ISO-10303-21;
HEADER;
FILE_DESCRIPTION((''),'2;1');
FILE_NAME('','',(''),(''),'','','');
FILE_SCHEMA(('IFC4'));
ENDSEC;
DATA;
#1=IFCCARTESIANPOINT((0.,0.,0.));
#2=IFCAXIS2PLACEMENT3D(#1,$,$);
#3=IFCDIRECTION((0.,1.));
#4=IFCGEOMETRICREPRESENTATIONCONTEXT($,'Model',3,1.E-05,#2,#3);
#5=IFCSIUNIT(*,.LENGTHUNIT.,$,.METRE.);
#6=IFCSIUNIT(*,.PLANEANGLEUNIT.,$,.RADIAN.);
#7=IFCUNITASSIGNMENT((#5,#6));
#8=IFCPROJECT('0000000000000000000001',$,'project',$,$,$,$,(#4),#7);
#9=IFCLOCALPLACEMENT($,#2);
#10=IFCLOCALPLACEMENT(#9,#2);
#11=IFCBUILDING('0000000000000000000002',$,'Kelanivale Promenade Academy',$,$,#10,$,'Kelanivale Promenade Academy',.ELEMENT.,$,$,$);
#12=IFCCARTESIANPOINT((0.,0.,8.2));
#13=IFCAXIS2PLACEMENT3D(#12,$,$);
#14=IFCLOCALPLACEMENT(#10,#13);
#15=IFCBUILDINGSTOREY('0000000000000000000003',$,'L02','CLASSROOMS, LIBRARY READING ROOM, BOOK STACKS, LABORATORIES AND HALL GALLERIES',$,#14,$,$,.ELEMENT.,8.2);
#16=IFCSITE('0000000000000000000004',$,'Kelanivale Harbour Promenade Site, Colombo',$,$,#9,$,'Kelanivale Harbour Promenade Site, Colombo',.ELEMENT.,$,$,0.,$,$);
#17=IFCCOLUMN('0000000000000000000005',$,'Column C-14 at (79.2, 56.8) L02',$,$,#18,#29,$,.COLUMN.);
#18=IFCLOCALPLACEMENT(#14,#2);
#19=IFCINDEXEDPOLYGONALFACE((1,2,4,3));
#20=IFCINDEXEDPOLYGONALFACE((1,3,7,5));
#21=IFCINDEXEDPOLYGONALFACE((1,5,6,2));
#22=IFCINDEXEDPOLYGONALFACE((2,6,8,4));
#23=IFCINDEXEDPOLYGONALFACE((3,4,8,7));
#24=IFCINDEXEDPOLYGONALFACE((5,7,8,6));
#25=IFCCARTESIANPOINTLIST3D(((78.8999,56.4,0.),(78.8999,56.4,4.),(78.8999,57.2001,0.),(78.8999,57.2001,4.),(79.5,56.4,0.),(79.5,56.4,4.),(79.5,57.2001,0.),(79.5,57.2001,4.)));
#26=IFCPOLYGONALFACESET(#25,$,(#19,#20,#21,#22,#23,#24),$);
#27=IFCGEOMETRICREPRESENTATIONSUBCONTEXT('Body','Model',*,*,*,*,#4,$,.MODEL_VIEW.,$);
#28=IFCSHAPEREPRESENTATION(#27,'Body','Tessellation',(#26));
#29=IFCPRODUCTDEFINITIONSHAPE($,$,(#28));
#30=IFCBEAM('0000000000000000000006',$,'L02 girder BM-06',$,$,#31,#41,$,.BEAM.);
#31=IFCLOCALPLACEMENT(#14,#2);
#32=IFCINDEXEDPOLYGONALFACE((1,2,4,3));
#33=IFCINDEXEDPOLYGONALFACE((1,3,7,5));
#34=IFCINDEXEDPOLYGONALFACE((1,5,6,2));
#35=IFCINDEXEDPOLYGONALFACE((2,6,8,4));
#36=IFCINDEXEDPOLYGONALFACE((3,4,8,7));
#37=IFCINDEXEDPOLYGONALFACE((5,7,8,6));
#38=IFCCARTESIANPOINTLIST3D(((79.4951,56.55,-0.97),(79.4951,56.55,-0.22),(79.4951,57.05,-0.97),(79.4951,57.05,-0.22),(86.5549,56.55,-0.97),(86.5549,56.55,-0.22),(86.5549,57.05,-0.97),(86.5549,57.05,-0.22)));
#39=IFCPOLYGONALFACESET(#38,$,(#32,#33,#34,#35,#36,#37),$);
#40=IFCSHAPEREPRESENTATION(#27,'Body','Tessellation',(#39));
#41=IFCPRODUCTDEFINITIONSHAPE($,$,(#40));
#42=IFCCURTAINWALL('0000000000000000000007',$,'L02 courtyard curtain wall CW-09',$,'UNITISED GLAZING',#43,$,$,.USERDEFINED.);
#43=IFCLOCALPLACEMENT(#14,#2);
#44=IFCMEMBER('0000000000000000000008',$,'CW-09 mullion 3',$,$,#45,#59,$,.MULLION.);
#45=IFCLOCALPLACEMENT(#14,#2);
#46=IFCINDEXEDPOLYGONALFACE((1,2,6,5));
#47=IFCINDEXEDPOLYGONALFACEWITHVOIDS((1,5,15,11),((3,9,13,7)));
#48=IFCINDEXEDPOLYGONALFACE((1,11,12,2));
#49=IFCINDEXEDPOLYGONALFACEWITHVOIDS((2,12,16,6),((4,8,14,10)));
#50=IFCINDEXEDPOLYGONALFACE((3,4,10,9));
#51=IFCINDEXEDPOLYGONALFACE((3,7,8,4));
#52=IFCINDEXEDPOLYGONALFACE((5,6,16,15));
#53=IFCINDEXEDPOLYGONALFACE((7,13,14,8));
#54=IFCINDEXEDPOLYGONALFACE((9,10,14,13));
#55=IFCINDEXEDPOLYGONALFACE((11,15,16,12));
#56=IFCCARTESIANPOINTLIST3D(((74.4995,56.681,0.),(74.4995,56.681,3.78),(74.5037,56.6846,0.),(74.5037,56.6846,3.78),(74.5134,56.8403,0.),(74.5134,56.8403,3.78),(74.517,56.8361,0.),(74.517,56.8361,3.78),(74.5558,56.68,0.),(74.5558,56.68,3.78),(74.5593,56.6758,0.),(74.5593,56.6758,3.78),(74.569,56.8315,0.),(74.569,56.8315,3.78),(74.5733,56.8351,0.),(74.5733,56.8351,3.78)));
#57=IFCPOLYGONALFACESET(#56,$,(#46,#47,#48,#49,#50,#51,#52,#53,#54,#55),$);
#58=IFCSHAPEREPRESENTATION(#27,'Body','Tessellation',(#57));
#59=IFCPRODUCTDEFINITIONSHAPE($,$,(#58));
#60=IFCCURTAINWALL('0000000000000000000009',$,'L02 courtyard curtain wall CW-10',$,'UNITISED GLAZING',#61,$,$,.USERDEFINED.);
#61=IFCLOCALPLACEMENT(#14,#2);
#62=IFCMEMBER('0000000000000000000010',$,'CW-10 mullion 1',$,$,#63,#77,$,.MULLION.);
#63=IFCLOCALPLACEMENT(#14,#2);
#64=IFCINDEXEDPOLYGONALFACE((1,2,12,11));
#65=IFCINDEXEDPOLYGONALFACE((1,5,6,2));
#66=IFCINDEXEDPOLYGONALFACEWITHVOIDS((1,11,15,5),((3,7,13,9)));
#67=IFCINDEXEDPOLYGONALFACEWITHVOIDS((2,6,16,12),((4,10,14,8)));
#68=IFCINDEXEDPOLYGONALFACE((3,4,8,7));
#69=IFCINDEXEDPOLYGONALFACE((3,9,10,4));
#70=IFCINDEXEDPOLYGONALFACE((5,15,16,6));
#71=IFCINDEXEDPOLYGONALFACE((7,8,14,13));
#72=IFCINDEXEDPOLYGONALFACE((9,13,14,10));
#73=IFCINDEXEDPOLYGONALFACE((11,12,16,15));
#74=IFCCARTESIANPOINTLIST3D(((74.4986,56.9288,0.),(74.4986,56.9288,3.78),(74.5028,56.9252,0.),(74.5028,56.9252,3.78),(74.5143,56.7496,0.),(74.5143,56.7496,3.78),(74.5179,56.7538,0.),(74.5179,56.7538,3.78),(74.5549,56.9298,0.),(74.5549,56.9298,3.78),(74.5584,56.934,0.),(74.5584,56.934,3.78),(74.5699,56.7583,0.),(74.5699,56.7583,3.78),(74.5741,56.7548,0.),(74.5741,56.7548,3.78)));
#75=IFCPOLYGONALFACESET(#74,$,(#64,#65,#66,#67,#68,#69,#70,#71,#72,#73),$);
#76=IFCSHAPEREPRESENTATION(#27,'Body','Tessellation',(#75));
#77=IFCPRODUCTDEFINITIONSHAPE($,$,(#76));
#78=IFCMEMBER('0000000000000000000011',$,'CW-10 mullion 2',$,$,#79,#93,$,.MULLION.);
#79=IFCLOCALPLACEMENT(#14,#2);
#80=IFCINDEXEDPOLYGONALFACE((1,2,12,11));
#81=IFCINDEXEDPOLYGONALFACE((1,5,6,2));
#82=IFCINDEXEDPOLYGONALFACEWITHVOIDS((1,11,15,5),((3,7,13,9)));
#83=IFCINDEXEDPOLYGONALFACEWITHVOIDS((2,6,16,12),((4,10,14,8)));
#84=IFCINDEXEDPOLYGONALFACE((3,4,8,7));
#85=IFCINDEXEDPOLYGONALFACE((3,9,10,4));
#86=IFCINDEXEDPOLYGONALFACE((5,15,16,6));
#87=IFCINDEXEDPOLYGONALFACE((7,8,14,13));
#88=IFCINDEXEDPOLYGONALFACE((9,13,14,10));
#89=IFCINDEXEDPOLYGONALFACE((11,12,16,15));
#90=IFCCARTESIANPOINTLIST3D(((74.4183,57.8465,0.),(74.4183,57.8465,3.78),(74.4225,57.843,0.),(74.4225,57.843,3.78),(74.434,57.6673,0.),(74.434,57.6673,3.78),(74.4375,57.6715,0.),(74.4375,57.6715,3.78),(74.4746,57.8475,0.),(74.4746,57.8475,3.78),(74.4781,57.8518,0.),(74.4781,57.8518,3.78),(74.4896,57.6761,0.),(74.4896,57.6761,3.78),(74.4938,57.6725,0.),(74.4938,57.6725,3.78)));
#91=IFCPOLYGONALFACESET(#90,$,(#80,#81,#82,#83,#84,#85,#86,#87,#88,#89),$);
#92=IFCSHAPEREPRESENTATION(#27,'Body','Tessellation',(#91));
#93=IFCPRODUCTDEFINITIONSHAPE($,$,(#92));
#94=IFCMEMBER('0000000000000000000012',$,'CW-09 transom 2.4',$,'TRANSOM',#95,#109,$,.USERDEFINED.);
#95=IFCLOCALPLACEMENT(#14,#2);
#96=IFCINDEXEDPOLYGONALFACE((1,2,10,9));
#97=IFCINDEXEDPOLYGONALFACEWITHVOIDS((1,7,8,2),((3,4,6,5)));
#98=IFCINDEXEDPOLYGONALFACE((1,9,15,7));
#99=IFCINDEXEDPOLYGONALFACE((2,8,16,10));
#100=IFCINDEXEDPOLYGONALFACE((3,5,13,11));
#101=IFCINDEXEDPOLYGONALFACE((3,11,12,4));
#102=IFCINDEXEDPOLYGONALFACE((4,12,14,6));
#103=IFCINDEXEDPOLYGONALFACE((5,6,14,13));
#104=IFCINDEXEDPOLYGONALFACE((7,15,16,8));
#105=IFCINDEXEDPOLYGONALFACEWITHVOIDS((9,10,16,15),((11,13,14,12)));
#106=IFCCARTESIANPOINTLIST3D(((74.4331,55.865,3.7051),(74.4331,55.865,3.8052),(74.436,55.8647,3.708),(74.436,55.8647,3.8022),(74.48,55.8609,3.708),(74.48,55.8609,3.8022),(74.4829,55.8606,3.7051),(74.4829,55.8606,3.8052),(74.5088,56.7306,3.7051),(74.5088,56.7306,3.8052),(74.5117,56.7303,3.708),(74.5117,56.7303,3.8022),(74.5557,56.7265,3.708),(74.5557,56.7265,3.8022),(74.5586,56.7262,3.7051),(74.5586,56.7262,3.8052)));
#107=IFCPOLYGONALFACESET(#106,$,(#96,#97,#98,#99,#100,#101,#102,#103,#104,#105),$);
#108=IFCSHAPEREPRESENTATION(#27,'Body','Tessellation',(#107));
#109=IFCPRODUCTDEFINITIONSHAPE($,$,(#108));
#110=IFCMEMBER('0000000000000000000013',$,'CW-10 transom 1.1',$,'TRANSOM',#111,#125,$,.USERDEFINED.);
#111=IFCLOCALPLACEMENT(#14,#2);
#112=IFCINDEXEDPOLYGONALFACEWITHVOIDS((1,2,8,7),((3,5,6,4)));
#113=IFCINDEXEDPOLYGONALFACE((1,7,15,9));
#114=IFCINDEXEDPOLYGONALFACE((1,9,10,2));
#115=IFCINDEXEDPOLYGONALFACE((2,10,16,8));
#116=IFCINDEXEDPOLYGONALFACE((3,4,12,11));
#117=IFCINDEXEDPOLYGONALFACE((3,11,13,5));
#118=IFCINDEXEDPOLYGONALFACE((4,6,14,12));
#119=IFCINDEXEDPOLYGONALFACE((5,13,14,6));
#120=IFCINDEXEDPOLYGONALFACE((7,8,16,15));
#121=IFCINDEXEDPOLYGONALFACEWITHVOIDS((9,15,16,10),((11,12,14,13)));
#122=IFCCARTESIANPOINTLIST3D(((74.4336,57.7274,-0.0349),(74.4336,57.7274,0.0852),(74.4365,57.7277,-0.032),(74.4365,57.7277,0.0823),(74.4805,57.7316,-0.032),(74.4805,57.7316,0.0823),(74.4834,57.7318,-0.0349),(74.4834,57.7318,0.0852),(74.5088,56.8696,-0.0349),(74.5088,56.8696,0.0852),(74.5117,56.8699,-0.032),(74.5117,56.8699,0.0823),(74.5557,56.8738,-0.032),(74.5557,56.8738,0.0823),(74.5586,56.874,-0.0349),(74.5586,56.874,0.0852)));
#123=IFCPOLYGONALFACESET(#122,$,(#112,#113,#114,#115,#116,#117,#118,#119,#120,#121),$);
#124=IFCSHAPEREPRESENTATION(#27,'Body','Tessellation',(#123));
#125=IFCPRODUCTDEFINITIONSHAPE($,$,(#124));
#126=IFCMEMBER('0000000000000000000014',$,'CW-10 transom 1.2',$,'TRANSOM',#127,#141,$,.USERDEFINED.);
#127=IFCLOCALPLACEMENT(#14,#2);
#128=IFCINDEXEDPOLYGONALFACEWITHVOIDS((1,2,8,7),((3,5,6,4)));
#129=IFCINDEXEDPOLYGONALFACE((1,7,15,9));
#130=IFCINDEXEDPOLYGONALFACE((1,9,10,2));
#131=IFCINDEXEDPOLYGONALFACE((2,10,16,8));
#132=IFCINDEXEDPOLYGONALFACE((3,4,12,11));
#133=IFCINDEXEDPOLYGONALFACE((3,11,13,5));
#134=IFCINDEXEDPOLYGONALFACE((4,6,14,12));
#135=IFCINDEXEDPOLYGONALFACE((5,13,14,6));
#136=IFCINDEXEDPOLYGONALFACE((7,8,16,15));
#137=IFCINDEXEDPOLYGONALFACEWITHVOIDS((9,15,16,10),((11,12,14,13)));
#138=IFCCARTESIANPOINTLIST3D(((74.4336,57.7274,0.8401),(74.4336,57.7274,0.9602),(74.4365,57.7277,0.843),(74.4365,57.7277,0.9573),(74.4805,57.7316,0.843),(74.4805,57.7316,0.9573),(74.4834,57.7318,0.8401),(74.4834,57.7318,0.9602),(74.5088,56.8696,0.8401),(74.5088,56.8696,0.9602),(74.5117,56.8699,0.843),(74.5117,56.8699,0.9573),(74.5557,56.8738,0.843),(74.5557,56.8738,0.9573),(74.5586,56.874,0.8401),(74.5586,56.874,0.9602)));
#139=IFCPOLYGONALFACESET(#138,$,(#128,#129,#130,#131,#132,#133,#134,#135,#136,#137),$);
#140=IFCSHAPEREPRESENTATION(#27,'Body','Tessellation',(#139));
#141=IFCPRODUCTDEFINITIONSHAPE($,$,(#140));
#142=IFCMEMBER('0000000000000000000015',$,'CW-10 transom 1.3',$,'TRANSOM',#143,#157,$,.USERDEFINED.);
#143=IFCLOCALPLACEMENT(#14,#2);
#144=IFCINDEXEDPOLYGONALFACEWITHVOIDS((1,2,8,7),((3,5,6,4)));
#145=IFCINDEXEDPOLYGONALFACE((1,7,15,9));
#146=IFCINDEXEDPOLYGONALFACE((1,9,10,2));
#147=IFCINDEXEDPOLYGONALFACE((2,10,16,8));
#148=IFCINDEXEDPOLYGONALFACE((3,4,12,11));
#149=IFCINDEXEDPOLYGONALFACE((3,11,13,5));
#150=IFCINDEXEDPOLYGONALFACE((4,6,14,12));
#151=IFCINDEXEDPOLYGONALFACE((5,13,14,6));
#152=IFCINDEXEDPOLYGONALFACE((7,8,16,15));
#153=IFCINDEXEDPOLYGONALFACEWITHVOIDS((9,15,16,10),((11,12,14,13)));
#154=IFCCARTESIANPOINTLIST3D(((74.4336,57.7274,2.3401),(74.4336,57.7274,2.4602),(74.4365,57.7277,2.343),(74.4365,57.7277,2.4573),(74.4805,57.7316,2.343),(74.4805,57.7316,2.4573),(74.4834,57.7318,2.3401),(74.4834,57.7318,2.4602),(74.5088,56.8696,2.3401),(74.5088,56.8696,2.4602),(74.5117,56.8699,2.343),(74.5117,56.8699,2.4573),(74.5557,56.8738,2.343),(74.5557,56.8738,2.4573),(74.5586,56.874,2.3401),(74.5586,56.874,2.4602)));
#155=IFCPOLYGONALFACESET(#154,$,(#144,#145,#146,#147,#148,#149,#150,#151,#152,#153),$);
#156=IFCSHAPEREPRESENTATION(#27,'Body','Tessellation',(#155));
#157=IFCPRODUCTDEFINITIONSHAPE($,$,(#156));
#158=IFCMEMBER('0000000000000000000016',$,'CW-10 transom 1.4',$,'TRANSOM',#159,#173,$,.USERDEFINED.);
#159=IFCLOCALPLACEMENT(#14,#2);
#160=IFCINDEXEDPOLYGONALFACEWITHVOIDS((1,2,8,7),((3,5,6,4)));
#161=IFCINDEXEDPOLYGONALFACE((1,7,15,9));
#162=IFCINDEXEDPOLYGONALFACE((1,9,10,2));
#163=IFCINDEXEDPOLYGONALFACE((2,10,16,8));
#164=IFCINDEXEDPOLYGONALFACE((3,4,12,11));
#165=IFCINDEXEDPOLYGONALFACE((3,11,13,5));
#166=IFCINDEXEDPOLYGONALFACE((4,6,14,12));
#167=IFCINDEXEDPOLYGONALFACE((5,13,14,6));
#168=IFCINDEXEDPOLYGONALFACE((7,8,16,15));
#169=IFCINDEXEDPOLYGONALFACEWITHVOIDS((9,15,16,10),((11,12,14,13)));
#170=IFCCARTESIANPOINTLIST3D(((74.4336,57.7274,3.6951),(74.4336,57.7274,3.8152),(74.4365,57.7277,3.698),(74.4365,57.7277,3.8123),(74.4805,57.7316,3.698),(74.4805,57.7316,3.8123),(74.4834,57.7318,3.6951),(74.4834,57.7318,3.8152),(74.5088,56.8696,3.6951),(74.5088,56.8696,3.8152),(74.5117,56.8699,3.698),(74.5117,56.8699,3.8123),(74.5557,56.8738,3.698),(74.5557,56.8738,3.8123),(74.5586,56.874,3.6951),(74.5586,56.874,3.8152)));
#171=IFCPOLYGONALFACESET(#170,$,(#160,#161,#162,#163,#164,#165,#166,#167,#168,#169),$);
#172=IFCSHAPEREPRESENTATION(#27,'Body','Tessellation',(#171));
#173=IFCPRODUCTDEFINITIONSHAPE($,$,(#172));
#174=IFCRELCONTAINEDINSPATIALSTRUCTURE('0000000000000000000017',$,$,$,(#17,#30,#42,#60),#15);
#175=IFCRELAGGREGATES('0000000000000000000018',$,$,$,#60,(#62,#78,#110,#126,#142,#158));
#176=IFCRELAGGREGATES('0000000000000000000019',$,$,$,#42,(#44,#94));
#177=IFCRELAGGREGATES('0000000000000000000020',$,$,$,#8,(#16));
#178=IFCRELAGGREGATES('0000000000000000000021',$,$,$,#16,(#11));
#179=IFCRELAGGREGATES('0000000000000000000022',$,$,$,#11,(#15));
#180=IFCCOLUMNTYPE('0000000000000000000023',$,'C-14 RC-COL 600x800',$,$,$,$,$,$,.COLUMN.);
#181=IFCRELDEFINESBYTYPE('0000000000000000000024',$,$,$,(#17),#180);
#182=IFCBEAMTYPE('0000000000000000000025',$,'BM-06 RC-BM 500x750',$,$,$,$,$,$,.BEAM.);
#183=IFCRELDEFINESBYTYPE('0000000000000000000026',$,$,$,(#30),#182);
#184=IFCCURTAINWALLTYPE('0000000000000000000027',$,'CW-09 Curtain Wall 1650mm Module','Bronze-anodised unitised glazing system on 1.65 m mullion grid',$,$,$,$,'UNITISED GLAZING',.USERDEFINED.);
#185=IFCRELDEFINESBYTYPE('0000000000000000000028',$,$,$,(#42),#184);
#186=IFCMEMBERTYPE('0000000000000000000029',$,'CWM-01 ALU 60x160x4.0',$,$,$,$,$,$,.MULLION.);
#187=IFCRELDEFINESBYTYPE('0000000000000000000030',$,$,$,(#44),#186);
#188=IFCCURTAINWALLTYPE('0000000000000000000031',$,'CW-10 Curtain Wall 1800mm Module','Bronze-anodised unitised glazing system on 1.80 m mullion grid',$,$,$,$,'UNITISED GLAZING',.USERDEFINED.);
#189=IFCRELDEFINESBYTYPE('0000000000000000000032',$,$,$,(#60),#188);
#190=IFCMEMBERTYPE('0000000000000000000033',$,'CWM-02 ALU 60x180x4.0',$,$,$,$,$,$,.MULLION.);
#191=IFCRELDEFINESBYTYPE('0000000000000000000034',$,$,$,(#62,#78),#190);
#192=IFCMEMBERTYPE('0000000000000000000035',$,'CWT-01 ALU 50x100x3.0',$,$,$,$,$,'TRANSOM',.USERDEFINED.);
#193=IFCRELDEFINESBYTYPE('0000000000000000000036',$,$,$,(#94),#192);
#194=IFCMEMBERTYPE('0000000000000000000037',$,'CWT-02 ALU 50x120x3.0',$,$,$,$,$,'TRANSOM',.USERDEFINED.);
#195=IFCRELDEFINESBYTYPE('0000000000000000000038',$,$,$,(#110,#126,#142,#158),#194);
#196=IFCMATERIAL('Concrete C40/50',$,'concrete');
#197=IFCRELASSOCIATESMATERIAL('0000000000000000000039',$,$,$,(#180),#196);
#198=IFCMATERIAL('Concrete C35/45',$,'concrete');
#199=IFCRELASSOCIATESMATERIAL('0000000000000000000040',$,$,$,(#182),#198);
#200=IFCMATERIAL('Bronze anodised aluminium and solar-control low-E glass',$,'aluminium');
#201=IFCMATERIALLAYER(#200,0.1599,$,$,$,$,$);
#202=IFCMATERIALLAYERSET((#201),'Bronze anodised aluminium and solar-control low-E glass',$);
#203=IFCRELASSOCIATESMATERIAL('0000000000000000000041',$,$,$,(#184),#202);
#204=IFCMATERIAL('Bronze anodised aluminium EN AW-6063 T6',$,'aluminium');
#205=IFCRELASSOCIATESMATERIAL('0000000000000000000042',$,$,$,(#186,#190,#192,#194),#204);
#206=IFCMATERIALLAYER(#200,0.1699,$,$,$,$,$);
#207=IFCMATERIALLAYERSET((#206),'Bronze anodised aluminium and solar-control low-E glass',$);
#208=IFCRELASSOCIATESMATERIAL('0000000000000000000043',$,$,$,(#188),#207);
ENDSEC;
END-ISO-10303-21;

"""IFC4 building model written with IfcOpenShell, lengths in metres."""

from ifc_helpers import new_model, si_unit, direction, frame, origin, origin_2d, place, context, subcontext, project, spatial, rectangle, hollow_rectangle, extrude, material, layer, layer_set, material_profile, profile_set, type_object, element, aggregate, save


model = new_model("IFC4")

# Units and contexts
model_context = context("Model", 3, precision=1e-05, world=origin(), true_north=direction((0.0, 1.0)))
body_context = subcontext(model_context, "Body", "Model", "MODEL_VIEW")
ifc_project = project(units=[si_unit("LENGTHUNIT", "METRE"), si_unit("PLANEANGLEUNIT", "RADIAN")], contexts=[model_context])

# Site, building, storey
site_placement = place(None, origin())
site = spatial("IfcSite", under=ifc_project, at=site_placement, Name="Kelanivale Harbour Promenade Site, Colombo", LongName="Kelanivale Harbour Promenade Site, Colombo", CompositionType="ELEMENT", RefElevation=0.0)
building_placement = place(site_placement, origin())
building = spatial("IfcBuilding", under=site, at=building_placement, Name="Kelanivale Promenade Academy", LongName="Kelanivale Promenade Academy", CompositionType="ELEMENT")
storey_placement = place(building_placement, frame((0.0, 0.0, 8.2)))
storey = spatial("IfcBuildingStorey", under=building, at=storey_placement, Name="L02", Description="CLASSROOMS, LIBRARY READING ROOM, BOOK STACKS, LABORATORIES AND HALL GALLERIES", CompositionType="ELEMENT", Elevation=8.2)

# Column
ifc_material_1 = material(Name="Concrete C40/50", Category="concrete")
ifc_material_profile_1 = material_profile(ifc_material_1, rectangle(XDim=0.6001, YDim=0.8, at=origin_2d()), Name="RC-COL 600x800")
ifc_profile_set_1 = profile_set([ifc_material_profile_1], Name="Concrete C40/50")
column_type = type_object("IfcColumnType", Name="C-14 RC-COL 600x800", PredefinedType="COLUMN", material=ifc_profile_set_1)
column_placement = place(storey_placement, frame((79.2, 56.8, 0.0), z_axis=(0.0, 0.0, 1.0), x_axis=(1.0, 0.0, 0.0)))
element("IfcColumn", 1, at=column_placement, inside=storey, type_object=column_type, Name="Column C-14 at (79.2, 56.8) L02", PredefinedType="COLUMN", context=body_context, shape_type="SweptSolid", body=[
    extrude(rectangle(XDim=0.6001, YDim=0.8, at=origin_2d()), origin(), (0.0, 0.0, 1.0), 4.0),
])

# Beam
ifc_material_2 = material(Name="Concrete C35/45", Category="concrete")
ifc_material_profile_2 = material_profile(ifc_material_2, rectangle(XDim=0.5, YDim=0.75, at=origin_2d()), Name="RC-BM 500x750")
ifc_profile_set_2 = profile_set([ifc_material_profile_2], Name="Concrete C35/45")
beam_type_1 = type_object("IfcBeamType", Name="BM-06 RC-BM 500x750", PredefinedType="BEAM", material=ifc_profile_set_2)
beam_1_placement = place(storey_placement, frame((79.4951, 56.8, -0.595), z_axis=(1.0, 0.0, 0.0), x_axis=(0.0, 1.0, 0.0)))
element("IfcBeam", 2, at=beam_1_placement, inside=storey, type_object=beam_type_1, Name="L02 girder BM-06", PredefinedType="BEAM", context=body_context, shape_type="SweptSolid", body=[
    extrude(rectangle(XDim=0.5, YDim=0.75, at=origin_2d()), origin(), (0.0, 0.0, 1.0), 7.0598),
])

# Curtain wall, member
ifc_material_3 = material(Name="Bronze anodised aluminium and solar-control low-E glass", Category="aluminium")
ifc_layer_1 = layer(ifc_material_3, 0.1599)
ifc_layer_set_1 = layer_set([ifc_layer_1], Name="Bronze anodised aluminium and solar-control low-E glass")
curtain_wall_type_1 = type_object("IfcCurtainWallType", Name="CW-09 Curtain Wall 1650mm Module", Description="Bronze-anodised unitised glazing system on 1.65 m mullion grid", ElementType="UNITISED GLAZING", PredefinedType="USERDEFINED", material=ifc_layer_set_1)
curtain_wall_1_placement = place(storey_placement, origin())
curtain_wall_1 = element("IfcCurtainWall", 3, at=curtain_wall_1_placement, inside=storey, type_object=curtain_wall_type_1, Name="L02 courtyard curtain wall CW-09", ObjectType="UNITISED GLAZING", PredefinedType="USERDEFINED")
ifc_material_4 = material(Name="Bronze anodised aluminium EN AW-6063 T6", Category="aluminium")
ifc_material_profile_3 = material_profile(ifc_material_4, hollow_rectangle(XDim=0.0601, YDim=0.1599, WallThickness=0.0039, at=origin_2d()), Name="ALU 60x160x4.0")
ifc_profile_set_3 = profile_set([ifc_material_profile_3], Name="Bronze anodised aluminium EN AW-6063 T6")
member_type_1 = type_object("IfcMemberType", Name="CWM-01 ALU 60x160x4.0", PredefinedType="MULLION", material=ifc_profile_set_3)
member_1_placement = place(storey_placement, frame((74.5364, 56.7581, 0.0), z_axis=(0.0, 0.0, 1.0), x_axis=(-0.996199, 0.087102, 0.0)))
member_1 = element("IfcMember", 4, at=member_1_placement, type_object=member_type_1, Name="CW-09 mullion 3", PredefinedType="MULLION", context=body_context, shape_type="SweptSolid", body=[
    extrude(hollow_rectangle(XDim=0.0601, YDim=0.1599, WallThickness=0.0039, at=origin_2d()), origin(), (0.0, 0.0, 1.0), 3.78),
])

# Curtain wall, members
ifc_layer_2 = layer(ifc_material_3, 0.1699)
ifc_layer_set_2 = layer_set([ifc_layer_2], Name="Bronze anodised aluminium and solar-control low-E glass")
curtain_wall_type_2 = type_object("IfcCurtainWallType", Name="CW-10 Curtain Wall 1800mm Module", Description="Bronze-anodised unitised glazing system on 1.80 m mullion grid", ElementType="UNITISED GLAZING", PredefinedType="USERDEFINED", material=ifc_layer_set_2)
curtain_wall_2_placement = place(storey_placement, origin())
curtain_wall_2 = element("IfcCurtainWall", 5, at=curtain_wall_2_placement, inside=storey, type_object=curtain_wall_type_2, Name="L02 courtyard curtain wall CW-10", ObjectType="UNITISED GLAZING", PredefinedType="USERDEFINED")
ifc_material_profile_4 = material_profile(ifc_material_4, hollow_rectangle(XDim=0.0601, YDim=0.1799, WallThickness=0.0039, at=origin_2d()), Name="ALU 60x180x4.0")
ifc_profile_set_4 = profile_set([ifc_material_profile_4], Name="Bronze anodised aluminium EN AW-6063 T6")
member_type_2 = type_object("IfcMemberType", Name="CWM-02 ALU 60x180x4.0", PredefinedType="MULLION", material=ifc_profile_set_4)
member_2_placement = place(storey_placement, frame((74.5364, 56.8418, 0.0), z_axis=(0.0, 0.0, 1.0), x_axis=(-0.996185, -0.087265, 0.0)))
member_2 = element("IfcMember", 6, at=member_2_placement, type_object=member_type_2, Name="CW-10 mullion 1", PredefinedType="MULLION", context=body_context, shape_type="SweptSolid", body=[
    extrude(hollow_rectangle(XDim=0.0601, YDim=0.1799, WallThickness=0.0039, at=origin_2d()), origin(), (0.0, 0.0, 1.0), 3.78),
])
member_3_placement = place(storey_placement, frame((74.4561, 57.7595, 0.0), z_axis=(0.0, 0.0, 1.0), x_axis=(-0.996185, -0.087265, 0.0)))
member_3 = element("IfcMember", 7, at=member_3_placement, type_object=member_type_2, Name="CW-10 mullion 2", PredefinedType="MULLION", context=body_context, shape_type="SweptSolid", body=[
    extrude(hollow_rectangle(XDim=0.0601, YDim=0.1799, WallThickness=0.0039, at=origin_2d()), origin(), (0.0, 0.0, 1.0), 3.78),
])

# Members
ifc_material_profile_5 = material_profile(ifc_material_4, hollow_rectangle(XDim=0.05, YDim=0.1001, WallThickness=0.0029, at=origin_2d()), Name="ALU 50x100x3.0")
ifc_profile_set_5 = profile_set([ifc_material_profile_5], Name="Bronze anodised aluminium EN AW-6063 T6")
member_type_3 = type_object("IfcMemberType", Name="CWT-01 ALU 50x100x3.0", ElementType="TRANSOM", PredefinedType="USERDEFINED", material=ifc_profile_set_5)
member_4_placement = place(storey_placement, frame((74.458, 55.8628, 3.7551), z_axis=(0.087115, 0.996198, 0.0), x_axis=(-0.996198, 0.087115, 0.0)))
member_4 = element("IfcMember", 8, at=member_4_placement, type_object=member_type_3, Name="CW-09 transom 2.4", ObjectType="TRANSOM", PredefinedType="USERDEFINED", context=body_context, shape_type="SweptSolid", body=[
    extrude(hollow_rectangle(XDim=0.05, YDim=0.1001, WallThickness=0.0029, at=origin_2d()), origin(), (0.0, 0.0, 1.0), 0.8689),
])
ifc_material_profile_6 = material_profile(ifc_material_4, hollow_rectangle(XDim=0.05, YDim=0.1201, WallThickness=0.0029, at=origin_2d()), Name="ALU 50x120x3.0")
ifc_profile_set_6 = profile_set([ifc_material_profile_6], Name="Bronze anodised aluminium EN AW-6063 T6")
member_type_4 = type_object("IfcMemberType", Name="CWT-02 ALU 50x120x3.0", ElementType="TRANSOM", PredefinedType="USERDEFINED", material=ifc_profile_set_6)
member_5_placement = place(storey_placement, frame((74.5337, 56.8718, 0.0251), z_axis=(-0.087315, 0.996181, 0.0), x_axis=(-0.996181, -0.087315, 0.0)))
member_5 = element("IfcMember", 9, at=member_5_placement, type_object=member_type_4, Name="CW-10 transom 1.1", ObjectType="TRANSOM", PredefinedType="USERDEFINED", context=body_context, shape_type="SweptSolid", body=[
    extrude(hollow_rectangle(XDim=0.05, YDim=0.1201, WallThickness=0.0029, at=origin_2d()), origin(), (0.0, 0.0, 1.0), 0.8611),
])
member_6_placement = place(storey_placement, frame((74.5337, 56.8718, 0.9001), z_axis=(-0.087315, 0.996181, 0.0), x_axis=(-0.996181, -0.087315, 0.0)))
member_6 = element("IfcMember", 10, at=member_6_placement, type_object=member_type_4, Name="CW-10 transom 1.2", ObjectType="TRANSOM", PredefinedType="USERDEFINED", context=body_context, shape_type="SweptSolid", body=[
    extrude(hollow_rectangle(XDim=0.05, YDim=0.1201, WallThickness=0.0029, at=origin_2d()), origin(), (0.0, 0.0, 1.0), 0.8611),
])
member_7_placement = place(storey_placement, frame((74.5337, 56.8718, 2.4001), z_axis=(-0.087315, 0.996181, 0.0), x_axis=(-0.996181, -0.087315, 0.0)))
member_7 = element("IfcMember", 11, at=member_7_placement, type_object=member_type_4, Name="CW-10 transom 1.3", ObjectType="TRANSOM", PredefinedType="USERDEFINED", context=body_context, shape_type="SweptSolid", body=[
    extrude(hollow_rectangle(XDim=0.05, YDim=0.1201, WallThickness=0.0029, at=origin_2d()), origin(), (0.0, 0.0, 1.0), 0.8611),
])
member_8_placement = place(storey_placement, frame((74.5337, 56.8718, 3.7551), z_axis=(-0.087315, 0.996181, 0.0), x_axis=(-0.996181, -0.087315, 0.0)))
member_8 = element("IfcMember", 12, at=member_8_placement, type_object=member_type_4, Name="CW-10 transom 1.4", ObjectType="TRANSOM", PredefinedType="USERDEFINED", context=body_context, shape_type="SweptSolid", body=[
    extrude(hollow_rectangle(XDim=0.05, YDim=0.1201, WallThickness=0.0029, at=origin_2d()), origin(), (0.0, 0.0, 1.0), 0.8611),
])

aggregate(curtain_wall_2, [member_2, member_3, member_5, member_6, member_7, member_8])
aggregate(curtain_wall_1, [member_1, member_4])

save(model, "model.ifc")
